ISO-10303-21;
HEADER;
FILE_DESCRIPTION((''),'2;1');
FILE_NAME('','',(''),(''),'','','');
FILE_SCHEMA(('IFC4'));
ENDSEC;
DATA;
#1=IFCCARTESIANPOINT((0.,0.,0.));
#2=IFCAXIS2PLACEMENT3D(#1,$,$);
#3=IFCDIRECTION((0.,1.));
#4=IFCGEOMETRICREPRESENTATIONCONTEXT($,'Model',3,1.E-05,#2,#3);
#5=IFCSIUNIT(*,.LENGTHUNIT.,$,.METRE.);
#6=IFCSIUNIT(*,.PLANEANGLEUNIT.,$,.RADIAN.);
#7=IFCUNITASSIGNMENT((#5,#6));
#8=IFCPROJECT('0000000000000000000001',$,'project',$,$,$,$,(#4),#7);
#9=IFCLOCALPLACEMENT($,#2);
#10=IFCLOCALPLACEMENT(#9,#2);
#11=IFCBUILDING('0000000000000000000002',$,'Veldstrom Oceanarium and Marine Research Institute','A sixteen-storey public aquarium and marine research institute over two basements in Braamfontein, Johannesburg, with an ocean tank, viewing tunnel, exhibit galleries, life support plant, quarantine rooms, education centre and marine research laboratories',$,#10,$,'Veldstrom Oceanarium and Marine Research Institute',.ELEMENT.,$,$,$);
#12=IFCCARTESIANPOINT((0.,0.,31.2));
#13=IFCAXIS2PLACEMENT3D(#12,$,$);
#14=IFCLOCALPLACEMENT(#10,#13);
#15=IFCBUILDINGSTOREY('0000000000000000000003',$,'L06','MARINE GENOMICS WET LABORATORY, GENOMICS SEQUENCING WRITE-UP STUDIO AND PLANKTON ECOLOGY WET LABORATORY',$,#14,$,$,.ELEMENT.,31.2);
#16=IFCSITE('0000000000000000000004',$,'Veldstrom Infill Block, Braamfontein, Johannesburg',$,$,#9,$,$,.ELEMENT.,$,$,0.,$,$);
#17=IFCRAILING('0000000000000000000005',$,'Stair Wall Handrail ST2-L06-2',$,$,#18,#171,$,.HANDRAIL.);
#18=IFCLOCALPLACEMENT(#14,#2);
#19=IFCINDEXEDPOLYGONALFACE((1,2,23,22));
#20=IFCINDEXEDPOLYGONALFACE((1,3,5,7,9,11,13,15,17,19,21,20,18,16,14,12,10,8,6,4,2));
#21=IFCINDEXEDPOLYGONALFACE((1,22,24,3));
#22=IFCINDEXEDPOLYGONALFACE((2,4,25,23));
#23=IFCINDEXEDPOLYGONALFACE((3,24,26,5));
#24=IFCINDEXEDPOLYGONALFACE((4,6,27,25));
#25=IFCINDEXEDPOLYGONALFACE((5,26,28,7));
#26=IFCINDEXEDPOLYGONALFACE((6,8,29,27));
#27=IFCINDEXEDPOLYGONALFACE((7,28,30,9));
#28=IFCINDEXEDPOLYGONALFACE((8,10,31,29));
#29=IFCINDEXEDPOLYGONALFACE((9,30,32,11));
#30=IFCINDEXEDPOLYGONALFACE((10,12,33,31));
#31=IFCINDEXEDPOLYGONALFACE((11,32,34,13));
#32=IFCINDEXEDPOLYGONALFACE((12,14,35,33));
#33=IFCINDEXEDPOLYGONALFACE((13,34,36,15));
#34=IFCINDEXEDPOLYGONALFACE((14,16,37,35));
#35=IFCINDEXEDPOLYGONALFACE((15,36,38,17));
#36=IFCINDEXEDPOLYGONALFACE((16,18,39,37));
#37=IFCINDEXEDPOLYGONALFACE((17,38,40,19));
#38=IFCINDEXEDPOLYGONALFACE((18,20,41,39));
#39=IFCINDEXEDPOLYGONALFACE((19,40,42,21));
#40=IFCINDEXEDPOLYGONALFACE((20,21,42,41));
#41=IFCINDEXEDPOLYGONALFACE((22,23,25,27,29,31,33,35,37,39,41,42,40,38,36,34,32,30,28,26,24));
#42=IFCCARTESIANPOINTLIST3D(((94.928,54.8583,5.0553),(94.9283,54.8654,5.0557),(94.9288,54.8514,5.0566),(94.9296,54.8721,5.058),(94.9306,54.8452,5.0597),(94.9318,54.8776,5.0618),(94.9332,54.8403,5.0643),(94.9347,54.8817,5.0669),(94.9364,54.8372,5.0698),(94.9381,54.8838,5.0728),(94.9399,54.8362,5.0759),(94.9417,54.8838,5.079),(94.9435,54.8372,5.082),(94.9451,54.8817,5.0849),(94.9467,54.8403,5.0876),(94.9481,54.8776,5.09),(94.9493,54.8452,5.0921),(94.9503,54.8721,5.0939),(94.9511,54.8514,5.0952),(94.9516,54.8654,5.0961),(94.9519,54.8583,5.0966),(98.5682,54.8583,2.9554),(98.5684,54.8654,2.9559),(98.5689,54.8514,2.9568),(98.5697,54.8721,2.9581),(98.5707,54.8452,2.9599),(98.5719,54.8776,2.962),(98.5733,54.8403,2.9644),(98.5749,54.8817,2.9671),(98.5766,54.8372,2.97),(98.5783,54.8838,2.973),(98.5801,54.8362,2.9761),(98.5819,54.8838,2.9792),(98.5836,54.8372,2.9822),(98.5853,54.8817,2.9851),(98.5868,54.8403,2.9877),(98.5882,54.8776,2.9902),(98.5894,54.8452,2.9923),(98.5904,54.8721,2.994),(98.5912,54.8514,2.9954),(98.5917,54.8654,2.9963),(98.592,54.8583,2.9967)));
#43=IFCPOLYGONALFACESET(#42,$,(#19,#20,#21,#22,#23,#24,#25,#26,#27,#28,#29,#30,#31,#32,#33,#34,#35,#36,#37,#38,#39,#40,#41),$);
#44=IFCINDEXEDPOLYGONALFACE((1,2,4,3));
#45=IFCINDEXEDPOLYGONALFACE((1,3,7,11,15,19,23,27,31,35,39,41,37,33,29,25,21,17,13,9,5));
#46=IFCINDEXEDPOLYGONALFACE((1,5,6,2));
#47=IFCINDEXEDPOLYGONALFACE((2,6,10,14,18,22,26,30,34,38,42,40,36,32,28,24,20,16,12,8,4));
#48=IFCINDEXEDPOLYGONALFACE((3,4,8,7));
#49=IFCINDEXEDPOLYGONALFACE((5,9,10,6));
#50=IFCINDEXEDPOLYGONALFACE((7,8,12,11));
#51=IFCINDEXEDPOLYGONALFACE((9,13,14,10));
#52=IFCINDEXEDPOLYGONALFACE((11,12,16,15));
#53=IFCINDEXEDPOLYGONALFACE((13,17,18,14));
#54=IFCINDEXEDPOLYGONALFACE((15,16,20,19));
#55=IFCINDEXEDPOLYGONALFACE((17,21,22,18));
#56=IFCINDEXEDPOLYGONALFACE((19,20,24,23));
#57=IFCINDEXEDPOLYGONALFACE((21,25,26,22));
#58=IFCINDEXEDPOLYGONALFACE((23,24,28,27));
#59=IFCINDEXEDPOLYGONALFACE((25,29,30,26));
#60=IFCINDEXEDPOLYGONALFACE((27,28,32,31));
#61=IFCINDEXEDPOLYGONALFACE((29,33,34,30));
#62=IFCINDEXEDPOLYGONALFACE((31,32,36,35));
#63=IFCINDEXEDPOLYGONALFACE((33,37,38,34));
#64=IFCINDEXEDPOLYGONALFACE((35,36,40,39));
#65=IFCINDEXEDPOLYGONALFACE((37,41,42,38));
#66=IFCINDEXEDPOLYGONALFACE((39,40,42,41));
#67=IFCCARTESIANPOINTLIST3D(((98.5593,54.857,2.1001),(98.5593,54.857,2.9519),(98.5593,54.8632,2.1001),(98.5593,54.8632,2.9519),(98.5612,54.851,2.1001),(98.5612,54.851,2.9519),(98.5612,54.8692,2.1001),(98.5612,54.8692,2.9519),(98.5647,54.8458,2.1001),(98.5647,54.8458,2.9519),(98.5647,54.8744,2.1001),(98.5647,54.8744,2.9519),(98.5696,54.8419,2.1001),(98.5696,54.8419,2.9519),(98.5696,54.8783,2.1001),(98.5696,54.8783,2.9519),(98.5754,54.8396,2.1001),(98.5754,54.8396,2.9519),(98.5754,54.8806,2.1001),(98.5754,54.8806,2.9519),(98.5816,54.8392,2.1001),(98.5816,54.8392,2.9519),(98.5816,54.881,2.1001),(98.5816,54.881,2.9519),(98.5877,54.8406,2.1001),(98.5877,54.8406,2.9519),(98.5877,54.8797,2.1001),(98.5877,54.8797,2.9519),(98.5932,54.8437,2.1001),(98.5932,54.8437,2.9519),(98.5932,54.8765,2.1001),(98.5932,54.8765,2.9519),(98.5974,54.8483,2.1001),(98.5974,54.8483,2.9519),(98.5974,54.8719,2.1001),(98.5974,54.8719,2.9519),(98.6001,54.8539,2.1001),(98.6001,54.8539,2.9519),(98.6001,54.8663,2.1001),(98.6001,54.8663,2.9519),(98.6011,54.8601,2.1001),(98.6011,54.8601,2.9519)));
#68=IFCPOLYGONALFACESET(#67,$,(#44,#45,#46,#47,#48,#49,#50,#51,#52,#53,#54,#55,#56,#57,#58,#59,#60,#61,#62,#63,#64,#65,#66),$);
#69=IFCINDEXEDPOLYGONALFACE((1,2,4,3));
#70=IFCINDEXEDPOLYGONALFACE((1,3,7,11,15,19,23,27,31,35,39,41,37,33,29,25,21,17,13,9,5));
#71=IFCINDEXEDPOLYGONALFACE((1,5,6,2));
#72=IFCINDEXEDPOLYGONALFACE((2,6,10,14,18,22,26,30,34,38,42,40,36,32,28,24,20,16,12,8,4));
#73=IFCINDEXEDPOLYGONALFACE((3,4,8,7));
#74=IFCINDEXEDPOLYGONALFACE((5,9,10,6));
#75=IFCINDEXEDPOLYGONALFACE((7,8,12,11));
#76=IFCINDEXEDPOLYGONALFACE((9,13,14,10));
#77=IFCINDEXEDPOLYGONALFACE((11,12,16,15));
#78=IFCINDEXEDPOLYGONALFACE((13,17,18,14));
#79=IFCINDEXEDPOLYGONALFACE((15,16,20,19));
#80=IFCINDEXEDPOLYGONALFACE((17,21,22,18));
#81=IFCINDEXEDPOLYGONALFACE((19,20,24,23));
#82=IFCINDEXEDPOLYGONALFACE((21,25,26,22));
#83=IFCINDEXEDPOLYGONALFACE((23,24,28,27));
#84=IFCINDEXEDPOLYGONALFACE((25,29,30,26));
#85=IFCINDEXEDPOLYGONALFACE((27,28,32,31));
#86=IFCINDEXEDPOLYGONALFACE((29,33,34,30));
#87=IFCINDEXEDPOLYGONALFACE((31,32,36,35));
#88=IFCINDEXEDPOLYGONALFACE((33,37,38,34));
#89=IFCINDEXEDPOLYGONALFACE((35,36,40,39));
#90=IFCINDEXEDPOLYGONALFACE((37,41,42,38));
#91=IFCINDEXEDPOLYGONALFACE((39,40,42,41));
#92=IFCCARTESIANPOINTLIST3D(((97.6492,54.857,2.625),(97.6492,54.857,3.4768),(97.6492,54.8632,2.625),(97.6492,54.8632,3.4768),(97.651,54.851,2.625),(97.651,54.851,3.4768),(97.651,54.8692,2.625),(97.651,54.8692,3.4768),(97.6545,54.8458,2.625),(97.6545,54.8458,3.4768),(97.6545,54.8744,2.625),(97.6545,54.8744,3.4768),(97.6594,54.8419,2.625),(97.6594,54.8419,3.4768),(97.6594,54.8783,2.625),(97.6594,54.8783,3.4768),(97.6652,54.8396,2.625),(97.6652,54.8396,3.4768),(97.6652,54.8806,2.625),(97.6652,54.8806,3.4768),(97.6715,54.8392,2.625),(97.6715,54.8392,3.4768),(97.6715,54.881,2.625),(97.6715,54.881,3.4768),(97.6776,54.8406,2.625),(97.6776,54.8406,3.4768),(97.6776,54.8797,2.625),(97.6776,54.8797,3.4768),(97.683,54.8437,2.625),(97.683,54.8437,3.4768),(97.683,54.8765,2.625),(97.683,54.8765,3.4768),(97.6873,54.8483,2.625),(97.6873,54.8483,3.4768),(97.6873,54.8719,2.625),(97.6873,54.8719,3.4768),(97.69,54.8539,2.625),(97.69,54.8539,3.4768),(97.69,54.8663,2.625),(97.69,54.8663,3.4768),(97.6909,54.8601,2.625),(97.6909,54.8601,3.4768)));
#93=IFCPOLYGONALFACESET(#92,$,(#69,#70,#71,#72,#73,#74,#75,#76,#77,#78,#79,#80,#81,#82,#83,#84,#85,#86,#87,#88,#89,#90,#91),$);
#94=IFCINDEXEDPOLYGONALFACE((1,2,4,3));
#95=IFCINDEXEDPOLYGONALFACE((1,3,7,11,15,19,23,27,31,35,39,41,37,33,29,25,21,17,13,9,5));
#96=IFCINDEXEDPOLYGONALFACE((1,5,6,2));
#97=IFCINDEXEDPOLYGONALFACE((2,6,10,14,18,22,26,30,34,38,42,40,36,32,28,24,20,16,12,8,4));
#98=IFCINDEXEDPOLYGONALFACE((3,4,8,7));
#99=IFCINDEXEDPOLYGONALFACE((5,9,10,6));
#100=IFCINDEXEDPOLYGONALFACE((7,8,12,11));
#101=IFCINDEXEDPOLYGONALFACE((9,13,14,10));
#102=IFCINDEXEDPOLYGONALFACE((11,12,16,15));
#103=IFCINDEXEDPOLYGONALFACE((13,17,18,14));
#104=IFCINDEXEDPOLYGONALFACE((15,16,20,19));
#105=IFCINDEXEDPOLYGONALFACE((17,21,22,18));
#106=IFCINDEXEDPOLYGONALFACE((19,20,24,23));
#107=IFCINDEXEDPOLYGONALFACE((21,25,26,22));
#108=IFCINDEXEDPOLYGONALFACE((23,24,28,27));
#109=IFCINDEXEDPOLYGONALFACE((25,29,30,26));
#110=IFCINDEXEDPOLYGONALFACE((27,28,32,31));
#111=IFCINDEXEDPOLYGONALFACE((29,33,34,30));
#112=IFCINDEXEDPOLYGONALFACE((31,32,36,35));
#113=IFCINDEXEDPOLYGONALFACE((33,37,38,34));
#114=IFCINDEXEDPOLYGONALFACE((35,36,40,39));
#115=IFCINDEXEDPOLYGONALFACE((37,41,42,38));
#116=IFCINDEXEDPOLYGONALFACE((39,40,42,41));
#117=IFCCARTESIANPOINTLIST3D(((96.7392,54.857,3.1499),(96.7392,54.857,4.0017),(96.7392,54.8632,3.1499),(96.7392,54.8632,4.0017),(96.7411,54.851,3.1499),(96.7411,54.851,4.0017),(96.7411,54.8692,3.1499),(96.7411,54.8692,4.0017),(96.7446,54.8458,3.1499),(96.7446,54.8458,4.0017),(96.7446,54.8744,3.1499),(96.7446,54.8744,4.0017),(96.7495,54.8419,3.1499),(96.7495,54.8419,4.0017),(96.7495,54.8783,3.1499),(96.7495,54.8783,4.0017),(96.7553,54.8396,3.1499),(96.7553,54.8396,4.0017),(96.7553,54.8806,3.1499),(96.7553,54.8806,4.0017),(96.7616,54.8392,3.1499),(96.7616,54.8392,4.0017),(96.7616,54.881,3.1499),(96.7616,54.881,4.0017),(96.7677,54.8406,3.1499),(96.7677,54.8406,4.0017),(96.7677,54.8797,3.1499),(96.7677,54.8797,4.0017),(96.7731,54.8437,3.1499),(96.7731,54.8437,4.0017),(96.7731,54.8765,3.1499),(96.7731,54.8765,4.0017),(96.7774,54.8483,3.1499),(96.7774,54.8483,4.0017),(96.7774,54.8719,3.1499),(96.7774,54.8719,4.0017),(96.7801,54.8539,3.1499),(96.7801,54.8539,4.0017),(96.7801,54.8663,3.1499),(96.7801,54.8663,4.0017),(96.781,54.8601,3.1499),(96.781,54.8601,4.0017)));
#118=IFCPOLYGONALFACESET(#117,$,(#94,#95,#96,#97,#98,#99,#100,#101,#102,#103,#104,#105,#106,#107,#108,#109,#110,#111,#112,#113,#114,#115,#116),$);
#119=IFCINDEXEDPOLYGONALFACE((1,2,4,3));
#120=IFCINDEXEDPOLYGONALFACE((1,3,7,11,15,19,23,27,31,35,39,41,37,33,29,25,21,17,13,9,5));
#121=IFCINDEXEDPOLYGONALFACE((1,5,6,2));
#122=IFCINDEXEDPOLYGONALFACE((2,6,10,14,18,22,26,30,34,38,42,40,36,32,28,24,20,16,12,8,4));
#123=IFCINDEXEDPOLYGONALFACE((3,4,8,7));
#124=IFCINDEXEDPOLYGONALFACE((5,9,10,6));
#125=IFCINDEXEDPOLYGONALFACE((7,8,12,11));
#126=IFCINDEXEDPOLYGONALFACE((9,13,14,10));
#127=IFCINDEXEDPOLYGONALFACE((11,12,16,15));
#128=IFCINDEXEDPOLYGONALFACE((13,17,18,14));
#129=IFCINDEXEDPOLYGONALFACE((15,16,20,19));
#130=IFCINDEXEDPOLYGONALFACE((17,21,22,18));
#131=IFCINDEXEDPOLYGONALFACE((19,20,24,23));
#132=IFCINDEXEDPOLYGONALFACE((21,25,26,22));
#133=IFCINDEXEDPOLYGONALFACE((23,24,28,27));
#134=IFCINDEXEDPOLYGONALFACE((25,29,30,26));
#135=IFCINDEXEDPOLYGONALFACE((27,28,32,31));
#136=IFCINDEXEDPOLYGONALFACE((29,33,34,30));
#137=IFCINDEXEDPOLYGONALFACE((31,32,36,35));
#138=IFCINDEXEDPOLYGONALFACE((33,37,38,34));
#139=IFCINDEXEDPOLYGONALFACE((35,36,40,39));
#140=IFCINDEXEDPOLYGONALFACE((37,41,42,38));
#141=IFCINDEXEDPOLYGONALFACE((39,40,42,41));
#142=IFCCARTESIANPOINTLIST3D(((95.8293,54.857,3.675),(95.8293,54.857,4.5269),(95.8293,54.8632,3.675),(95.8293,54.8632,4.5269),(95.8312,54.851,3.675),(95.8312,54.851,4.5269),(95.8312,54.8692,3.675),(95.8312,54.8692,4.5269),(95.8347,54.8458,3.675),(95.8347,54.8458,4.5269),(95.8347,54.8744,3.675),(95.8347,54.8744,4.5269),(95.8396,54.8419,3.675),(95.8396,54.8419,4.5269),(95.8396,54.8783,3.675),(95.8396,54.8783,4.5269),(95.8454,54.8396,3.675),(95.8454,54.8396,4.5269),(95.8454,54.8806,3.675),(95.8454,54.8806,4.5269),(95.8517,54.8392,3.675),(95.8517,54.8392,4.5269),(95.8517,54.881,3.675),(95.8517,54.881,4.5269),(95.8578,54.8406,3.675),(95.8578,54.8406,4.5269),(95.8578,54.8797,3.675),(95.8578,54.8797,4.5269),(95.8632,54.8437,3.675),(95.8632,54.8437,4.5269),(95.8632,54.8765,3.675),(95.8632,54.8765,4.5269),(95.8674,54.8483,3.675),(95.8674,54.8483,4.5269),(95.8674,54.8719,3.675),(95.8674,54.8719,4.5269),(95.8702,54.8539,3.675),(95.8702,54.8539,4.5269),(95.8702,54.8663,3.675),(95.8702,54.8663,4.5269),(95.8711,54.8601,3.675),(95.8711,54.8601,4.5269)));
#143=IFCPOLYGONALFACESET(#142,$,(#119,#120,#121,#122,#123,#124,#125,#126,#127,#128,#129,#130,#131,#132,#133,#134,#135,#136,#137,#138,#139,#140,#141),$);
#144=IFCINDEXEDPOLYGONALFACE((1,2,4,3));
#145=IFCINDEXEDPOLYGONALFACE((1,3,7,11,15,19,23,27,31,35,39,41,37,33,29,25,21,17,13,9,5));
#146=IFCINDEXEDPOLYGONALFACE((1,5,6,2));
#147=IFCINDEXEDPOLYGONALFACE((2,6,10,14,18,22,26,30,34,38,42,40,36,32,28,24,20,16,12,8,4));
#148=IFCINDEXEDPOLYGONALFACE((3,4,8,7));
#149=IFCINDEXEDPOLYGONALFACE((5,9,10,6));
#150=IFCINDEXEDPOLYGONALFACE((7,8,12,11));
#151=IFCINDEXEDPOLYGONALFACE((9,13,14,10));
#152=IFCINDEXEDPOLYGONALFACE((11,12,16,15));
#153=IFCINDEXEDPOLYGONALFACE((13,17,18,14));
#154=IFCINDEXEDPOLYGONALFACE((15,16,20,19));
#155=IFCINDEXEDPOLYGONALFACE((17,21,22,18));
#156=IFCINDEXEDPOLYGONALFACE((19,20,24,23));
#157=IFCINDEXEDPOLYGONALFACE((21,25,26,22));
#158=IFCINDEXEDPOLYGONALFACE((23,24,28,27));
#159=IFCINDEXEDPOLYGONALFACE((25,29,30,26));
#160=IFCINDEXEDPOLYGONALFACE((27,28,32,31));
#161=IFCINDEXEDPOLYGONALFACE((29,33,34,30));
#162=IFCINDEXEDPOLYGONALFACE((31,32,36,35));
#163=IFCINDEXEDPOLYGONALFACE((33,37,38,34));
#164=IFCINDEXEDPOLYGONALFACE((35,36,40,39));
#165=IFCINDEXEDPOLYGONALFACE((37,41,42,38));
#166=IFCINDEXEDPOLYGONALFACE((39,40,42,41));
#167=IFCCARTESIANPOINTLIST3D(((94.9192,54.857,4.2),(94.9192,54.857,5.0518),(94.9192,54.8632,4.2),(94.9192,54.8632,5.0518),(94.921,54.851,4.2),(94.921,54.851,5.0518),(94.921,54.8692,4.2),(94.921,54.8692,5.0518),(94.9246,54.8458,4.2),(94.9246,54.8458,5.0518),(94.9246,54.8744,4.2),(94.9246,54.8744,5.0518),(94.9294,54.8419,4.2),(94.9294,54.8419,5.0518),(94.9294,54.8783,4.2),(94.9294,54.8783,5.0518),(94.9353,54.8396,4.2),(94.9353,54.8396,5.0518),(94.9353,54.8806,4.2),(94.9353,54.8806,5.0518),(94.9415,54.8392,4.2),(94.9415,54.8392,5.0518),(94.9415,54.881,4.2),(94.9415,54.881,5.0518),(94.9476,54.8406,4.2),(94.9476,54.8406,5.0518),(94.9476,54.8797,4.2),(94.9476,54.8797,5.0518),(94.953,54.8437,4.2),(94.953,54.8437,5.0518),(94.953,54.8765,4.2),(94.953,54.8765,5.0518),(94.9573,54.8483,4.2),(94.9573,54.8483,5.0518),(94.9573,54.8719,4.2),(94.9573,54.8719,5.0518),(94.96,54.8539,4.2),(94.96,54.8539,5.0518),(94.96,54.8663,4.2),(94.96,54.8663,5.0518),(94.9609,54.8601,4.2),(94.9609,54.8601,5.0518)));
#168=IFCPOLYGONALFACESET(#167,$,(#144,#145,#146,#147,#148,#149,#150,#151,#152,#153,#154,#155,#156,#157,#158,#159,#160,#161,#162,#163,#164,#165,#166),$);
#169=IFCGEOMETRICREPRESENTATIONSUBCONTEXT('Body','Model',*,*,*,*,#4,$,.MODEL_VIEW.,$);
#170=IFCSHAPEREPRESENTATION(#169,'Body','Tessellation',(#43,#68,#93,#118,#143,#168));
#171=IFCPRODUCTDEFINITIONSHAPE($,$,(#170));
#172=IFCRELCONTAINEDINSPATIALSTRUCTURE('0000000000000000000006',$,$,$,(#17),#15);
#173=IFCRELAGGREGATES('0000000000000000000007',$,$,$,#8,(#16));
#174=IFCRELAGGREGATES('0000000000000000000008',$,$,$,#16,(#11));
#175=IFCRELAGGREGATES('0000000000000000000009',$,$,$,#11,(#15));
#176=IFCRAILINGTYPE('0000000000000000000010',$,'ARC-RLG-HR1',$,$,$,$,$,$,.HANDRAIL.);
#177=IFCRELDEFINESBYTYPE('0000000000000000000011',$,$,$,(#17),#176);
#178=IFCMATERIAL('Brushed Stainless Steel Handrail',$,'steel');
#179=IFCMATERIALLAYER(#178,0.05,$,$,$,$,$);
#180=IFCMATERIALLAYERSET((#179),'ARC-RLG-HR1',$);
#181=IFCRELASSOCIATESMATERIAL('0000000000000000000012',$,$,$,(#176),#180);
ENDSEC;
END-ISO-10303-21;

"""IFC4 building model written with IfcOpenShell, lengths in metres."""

from ifc_helpers import new_model, si_unit, direction, frame, origin, origin_2d, place, context, subcontext, project, spatial, circle, extrude, material, layer, layer_set, type_object, element, save


model = new_model("IFC4")

# Units and contexts
model_context = context("Model", 3, precision=1e-05, world=origin(), true_north=direction((0.0, 1.0)))
body_context = subcontext(model_context, "Body", "Model", "MODEL_VIEW")
ifc_project = project(units=[si_unit("LENGTHUNIT", "METRE"), si_unit("PLANEANGLEUNIT", "RADIAN")], contexts=[model_context])

# Site, building, storey
site_placement = place(None, origin())
site = spatial("IfcSite", under=ifc_project, at=site_placement, Name="Veldstrom Infill Block, Braamfontein, Johannesburg", CompositionType="ELEMENT", RefElevation=0.0)
building_placement = place(site_placement, origin())
building = spatial("IfcBuilding", under=site, at=building_placement, Name="Veldstrom Oceanarium and Marine Research Institute", Description="A sixteen-storey public aquarium and marine research institute over two basements in Braamfontein, Johannesburg, with an ocean tank, viewing tunnel, exhibit galleries, life support plant, quarantine rooms, education centre and marine research laboratories", LongName="Veldstrom Oceanarium and Marine Research Institute", CompositionType="ELEMENT")
storey_placement = place(building_placement, frame((0.0, 0.0, 31.2)))
storey = spatial("IfcBuildingStorey", under=building, at=storey_placement, Name="L06", Description="MARINE GENOMICS WET LABORATORY, GENOMICS SEQUENCING WRITE-UP STUDIO AND PLANKTON ECOLOGY WET LABORATORY", CompositionType="ELEMENT", Elevation=31.2)

# Railing
ifc_material_1 = material(Name="Brushed Stainless Steel Handrail", Category="steel")
ifc_layer_1 = layer(ifc_material_1, 0.05)
ifc_layer_set_1 = layer_set([ifc_layer_1], Name="ARC-RLG-HR1")
railing_type_1 = type_object("IfcRailingType", Name="ARC-RLG-HR1", PredefinedType="HANDRAIL", material=ifc_layer_set_1)
railing_1_placement = place(storey_placement, frame((98.5801, 54.8601, 2.1001)))
element("IfcRailing", 1, at=railing_1_placement, inside=storey, type_object=railing_type_1, Name="Stair Wall Handrail ST2-L06-2", PredefinedType="HANDRAIL", context=body_context, shape_type="SweptSolid", body=[
    extrude(circle(Radius=0.0239, at=origin_2d()), frame((0.0, 0.0, 0.876), z_axis=(-0.866209, 0.0, 0.499682), x_axis=(0.0, -1.0, 0.0)), (0.0, 0.0, 1.0), 4.2024),
    extrude(circle(Radius=0.021, at=origin_2d()), origin(), (0.0, 0.0, 1.0), 0.8518),
    extrude(circle(Radius=0.021, at=origin_2d()), frame((-0.9102, 0.0, 0.5249)), (0.0, 0.0, 1.0), 0.8518),
    extrude(circle(Radius=0.021, at=origin_2d()), frame((-1.8201, 0.0, 1.0498)), (0.0, 0.0, 1.0), 0.8518),
    extrude(circle(Radius=0.021, at=origin_2d()), frame((-2.73, 0.0, 1.575)), (0.0, 0.0, 1.0), 0.8518),
    extrude(circle(Radius=0.021, at=origin_2d()), frame((-3.6401, 0.0, 2.0999)), (0.0, 0.0, 1.0), 0.8518),
])

save(model, "model.ifc")
